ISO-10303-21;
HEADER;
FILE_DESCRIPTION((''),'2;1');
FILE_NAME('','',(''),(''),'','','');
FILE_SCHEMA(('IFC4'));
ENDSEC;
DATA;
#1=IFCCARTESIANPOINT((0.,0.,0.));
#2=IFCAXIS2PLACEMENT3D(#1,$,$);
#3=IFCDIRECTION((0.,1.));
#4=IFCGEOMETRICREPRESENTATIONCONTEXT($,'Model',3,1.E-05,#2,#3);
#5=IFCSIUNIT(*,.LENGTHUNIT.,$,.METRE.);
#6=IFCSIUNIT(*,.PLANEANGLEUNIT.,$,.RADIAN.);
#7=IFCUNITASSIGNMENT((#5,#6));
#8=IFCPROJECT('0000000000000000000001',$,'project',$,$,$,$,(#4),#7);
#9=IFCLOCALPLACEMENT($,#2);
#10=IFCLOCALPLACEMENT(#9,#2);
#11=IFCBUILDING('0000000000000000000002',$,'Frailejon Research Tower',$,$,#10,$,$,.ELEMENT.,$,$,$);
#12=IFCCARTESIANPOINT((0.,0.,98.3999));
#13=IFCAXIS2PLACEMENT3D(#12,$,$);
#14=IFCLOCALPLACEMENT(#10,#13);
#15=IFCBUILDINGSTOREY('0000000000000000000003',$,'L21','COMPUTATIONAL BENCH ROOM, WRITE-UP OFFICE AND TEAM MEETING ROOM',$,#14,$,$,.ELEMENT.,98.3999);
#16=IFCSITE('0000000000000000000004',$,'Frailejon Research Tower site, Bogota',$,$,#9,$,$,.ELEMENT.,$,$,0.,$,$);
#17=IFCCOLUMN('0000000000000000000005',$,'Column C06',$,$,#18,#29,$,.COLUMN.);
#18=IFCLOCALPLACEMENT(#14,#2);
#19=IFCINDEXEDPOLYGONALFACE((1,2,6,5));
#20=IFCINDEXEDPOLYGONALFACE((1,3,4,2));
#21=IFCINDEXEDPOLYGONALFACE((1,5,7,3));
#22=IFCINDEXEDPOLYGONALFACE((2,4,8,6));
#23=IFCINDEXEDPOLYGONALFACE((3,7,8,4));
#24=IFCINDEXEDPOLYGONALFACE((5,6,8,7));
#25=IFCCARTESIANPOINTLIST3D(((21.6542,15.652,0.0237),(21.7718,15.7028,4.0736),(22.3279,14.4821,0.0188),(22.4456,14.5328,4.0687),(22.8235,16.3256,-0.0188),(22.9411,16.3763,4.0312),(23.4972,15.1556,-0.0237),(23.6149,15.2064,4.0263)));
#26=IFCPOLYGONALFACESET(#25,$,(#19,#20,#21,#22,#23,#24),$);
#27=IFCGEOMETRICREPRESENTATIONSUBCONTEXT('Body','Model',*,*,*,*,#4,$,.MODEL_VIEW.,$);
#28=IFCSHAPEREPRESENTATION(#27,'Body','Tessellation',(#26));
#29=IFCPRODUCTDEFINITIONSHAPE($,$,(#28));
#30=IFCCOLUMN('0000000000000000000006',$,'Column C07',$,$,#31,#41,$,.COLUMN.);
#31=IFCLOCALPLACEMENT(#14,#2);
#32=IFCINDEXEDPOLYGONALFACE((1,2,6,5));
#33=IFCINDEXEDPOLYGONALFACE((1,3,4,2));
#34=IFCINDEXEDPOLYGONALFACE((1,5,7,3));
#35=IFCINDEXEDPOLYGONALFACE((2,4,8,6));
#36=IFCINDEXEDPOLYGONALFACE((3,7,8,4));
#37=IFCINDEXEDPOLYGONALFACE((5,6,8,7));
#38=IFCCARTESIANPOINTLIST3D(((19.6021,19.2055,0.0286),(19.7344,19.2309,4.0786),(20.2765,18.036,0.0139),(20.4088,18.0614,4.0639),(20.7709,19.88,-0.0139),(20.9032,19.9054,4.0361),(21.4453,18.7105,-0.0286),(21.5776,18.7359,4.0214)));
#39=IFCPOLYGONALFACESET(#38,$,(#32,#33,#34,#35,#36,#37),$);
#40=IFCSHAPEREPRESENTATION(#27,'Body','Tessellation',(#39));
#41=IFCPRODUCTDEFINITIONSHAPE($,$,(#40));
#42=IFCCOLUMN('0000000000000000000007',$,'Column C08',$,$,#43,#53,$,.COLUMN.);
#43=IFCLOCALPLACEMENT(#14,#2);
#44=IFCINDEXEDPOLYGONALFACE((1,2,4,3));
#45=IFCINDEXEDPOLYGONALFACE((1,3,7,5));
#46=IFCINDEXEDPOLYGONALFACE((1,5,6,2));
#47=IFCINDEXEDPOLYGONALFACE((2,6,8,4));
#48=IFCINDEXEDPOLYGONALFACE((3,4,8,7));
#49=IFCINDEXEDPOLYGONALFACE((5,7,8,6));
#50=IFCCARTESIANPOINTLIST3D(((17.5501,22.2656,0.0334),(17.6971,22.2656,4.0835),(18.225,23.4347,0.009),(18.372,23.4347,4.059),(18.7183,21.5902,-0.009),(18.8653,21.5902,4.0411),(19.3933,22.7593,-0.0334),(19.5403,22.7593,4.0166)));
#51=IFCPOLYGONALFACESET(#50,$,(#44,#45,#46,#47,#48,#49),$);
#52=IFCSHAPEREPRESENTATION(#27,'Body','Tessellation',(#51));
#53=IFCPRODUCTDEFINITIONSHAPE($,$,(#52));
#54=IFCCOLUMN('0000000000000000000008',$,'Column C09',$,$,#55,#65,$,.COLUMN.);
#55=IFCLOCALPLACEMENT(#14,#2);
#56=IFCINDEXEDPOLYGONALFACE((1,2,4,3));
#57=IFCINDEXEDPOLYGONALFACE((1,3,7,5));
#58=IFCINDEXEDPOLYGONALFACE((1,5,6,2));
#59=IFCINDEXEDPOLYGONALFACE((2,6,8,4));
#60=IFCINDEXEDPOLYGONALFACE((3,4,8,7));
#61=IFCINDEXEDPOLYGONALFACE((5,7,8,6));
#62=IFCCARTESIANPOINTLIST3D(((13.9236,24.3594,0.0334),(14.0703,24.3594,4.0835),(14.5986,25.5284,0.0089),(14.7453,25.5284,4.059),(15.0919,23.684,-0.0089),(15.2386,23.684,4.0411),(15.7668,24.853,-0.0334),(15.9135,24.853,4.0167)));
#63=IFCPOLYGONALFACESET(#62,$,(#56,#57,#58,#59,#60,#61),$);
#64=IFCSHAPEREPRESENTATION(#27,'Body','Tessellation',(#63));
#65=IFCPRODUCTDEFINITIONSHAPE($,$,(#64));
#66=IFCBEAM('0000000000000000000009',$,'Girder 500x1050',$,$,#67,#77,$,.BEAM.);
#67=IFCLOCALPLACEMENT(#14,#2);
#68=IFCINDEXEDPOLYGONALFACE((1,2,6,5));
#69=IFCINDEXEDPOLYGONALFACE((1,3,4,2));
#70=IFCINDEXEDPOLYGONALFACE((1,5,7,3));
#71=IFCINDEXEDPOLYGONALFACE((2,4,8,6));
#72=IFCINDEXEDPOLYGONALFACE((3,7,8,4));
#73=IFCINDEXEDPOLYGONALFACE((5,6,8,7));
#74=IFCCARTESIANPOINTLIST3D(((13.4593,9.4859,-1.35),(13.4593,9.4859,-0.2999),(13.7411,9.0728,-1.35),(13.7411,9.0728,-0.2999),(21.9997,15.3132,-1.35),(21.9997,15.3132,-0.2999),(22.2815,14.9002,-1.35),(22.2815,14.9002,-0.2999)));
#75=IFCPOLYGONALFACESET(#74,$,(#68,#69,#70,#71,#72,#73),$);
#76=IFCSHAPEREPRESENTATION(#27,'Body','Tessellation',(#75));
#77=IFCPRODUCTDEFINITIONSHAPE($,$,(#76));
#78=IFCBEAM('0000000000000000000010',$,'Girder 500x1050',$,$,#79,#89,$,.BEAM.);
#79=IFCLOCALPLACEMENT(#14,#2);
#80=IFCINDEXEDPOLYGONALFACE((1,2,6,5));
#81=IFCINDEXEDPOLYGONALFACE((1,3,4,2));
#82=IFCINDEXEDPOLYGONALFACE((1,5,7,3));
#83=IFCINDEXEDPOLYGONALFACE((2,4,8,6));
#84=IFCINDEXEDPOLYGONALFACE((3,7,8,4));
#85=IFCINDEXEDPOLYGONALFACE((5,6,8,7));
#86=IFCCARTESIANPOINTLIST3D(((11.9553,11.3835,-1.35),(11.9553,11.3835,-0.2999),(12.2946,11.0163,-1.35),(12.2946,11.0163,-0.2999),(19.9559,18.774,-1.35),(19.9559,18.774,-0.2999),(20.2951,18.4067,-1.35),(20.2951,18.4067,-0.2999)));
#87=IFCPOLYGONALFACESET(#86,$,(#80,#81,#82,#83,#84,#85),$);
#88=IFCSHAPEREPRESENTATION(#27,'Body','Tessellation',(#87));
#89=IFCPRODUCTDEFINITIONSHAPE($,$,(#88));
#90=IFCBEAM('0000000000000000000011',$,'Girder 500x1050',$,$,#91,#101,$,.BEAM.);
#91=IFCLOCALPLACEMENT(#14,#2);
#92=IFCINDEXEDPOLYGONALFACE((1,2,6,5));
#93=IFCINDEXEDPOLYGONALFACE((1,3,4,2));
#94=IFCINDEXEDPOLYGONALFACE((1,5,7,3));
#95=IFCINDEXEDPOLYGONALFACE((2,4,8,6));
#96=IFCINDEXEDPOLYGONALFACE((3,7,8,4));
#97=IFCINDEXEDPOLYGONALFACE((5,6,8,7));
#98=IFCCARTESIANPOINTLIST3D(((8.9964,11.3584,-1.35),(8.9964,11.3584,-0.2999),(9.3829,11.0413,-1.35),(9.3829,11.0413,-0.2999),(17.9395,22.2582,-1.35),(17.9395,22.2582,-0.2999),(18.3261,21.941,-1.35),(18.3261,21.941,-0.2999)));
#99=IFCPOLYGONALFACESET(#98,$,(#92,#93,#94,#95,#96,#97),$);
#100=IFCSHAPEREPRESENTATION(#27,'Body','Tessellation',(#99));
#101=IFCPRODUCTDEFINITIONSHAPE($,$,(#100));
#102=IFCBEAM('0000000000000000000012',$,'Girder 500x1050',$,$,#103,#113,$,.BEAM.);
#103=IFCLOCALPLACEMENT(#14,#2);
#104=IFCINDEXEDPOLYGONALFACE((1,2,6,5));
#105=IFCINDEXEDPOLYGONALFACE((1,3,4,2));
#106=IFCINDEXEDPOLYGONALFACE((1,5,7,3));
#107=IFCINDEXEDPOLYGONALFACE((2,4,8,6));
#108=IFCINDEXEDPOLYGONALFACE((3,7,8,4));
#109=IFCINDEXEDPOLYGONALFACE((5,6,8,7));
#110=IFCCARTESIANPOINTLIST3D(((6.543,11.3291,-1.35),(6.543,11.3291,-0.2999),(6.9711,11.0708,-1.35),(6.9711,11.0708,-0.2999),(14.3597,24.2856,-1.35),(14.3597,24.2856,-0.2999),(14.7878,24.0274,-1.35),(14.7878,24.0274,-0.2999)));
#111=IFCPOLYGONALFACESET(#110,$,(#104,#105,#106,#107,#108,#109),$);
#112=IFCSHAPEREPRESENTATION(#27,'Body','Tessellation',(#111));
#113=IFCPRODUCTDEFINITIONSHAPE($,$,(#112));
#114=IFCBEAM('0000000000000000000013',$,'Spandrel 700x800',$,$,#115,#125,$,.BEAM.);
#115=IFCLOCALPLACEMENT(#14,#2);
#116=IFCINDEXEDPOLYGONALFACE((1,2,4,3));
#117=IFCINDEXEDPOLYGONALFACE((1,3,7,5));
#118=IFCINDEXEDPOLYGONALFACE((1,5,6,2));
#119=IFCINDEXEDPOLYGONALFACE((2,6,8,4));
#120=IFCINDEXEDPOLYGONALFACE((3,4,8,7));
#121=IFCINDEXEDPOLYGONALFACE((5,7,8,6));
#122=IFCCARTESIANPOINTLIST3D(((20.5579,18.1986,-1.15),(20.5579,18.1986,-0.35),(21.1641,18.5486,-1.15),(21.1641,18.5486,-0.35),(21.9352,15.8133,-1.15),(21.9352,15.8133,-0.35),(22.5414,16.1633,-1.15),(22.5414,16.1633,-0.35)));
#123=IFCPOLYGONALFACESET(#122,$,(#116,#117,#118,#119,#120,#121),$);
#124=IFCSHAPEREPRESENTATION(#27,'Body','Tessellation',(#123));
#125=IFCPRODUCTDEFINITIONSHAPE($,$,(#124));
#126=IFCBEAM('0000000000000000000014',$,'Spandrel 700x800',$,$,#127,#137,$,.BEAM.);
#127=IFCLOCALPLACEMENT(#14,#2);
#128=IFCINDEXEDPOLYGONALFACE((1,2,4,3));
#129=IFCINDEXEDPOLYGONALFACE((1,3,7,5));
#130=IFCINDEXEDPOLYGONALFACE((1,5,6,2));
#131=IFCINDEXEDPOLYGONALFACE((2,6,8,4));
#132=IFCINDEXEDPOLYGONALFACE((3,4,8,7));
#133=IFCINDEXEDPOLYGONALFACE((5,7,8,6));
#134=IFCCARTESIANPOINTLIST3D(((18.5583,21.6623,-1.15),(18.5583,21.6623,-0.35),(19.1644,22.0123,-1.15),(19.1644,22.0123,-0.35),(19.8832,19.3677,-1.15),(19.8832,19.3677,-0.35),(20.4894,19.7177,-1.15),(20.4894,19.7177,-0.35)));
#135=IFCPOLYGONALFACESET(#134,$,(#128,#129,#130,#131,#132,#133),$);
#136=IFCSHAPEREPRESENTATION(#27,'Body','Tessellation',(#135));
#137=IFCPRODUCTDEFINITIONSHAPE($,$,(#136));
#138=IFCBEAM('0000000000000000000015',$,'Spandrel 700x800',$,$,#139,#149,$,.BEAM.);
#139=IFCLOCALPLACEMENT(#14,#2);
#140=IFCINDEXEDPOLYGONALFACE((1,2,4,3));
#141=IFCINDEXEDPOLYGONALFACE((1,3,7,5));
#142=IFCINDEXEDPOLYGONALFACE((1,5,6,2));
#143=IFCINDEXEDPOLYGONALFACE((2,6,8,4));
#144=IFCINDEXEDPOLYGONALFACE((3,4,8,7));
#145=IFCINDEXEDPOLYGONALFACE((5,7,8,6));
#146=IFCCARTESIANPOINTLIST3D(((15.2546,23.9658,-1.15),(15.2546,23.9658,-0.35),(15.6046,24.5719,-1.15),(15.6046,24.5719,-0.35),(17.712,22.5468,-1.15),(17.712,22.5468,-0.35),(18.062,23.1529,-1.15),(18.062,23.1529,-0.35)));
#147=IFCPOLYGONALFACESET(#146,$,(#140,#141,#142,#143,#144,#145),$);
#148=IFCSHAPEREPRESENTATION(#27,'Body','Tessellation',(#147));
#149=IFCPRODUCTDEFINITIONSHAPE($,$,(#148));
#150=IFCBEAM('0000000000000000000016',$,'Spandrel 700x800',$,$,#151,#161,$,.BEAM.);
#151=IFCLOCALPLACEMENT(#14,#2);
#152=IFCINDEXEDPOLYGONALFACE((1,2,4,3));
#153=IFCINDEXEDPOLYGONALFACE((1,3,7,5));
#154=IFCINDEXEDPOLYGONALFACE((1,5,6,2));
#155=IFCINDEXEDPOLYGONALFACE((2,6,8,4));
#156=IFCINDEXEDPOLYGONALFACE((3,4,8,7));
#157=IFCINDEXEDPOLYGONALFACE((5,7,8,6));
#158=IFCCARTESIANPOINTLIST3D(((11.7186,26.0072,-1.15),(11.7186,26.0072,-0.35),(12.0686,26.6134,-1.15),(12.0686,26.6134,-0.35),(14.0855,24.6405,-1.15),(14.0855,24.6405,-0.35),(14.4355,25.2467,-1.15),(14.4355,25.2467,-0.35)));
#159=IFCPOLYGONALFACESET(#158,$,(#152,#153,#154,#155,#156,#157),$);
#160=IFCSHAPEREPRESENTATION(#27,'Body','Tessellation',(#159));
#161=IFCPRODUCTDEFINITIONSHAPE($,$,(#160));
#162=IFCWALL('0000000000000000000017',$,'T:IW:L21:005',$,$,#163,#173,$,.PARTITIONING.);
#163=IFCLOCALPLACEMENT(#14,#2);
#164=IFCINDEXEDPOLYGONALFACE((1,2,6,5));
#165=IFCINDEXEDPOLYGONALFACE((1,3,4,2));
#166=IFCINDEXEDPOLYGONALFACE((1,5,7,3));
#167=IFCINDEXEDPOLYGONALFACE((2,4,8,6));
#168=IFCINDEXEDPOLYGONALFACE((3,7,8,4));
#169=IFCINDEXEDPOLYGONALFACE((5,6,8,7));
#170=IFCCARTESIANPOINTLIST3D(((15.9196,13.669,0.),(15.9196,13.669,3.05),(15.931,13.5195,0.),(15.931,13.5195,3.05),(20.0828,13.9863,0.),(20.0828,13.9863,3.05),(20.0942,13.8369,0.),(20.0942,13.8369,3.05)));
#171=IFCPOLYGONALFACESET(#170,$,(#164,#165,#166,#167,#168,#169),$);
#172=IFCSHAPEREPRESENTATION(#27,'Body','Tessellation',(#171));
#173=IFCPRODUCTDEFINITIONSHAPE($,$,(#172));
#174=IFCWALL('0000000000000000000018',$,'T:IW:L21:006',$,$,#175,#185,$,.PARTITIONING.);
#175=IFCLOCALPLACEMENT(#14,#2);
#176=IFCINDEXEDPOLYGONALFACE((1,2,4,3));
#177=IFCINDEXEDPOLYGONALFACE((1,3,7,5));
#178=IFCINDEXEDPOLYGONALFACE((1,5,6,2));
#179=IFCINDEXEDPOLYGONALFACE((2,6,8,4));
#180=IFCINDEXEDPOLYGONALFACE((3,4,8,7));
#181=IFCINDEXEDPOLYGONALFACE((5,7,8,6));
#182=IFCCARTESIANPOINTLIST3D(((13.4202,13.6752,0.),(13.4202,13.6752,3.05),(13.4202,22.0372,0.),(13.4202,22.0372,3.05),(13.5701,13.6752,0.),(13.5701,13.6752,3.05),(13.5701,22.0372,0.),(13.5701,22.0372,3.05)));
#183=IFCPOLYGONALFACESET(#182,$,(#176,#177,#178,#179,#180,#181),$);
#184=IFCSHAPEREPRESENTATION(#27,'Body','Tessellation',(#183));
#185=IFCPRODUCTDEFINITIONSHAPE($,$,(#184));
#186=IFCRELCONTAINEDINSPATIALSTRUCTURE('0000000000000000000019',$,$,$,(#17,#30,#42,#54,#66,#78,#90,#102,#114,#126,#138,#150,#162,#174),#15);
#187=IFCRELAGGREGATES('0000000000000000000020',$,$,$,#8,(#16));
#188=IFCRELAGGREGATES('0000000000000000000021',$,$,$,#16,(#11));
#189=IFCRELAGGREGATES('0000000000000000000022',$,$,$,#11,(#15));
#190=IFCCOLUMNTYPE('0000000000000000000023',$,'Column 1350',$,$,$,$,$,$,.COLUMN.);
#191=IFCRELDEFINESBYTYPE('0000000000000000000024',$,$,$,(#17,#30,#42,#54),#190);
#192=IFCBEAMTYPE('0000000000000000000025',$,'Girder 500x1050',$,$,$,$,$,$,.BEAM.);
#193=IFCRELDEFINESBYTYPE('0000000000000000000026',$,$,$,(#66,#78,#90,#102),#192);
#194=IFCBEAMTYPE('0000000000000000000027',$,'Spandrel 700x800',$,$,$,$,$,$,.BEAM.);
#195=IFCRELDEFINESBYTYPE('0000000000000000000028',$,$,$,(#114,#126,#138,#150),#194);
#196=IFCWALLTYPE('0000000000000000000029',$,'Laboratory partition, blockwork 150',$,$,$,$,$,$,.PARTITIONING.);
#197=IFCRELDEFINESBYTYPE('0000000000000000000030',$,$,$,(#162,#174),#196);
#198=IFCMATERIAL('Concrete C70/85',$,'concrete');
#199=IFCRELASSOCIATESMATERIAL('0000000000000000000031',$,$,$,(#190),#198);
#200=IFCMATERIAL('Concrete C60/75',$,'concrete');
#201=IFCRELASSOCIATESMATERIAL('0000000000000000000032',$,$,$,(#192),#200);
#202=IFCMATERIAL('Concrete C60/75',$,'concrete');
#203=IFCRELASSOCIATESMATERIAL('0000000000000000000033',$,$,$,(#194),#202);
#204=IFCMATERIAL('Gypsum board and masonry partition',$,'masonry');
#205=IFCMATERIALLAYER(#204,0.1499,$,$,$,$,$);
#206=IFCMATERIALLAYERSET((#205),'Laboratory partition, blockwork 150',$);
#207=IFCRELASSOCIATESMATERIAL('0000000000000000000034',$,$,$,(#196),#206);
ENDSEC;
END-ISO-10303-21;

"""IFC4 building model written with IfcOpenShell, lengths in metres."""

from ifc_helpers import new_model, si_unit, direction, frame, frame_2d, origin, origin_2d, place, context, subcontext, project, spatial, rectangle, extrude, material, layer, layer_set, material_profile, profile_set, type_object, element, save


model = new_model("IFC4")

# Units and contexts
model_context = context("Model", 3, precision=1e-05, world=origin(), true_north=direction((0.0, 1.0)))
body_context = subcontext(model_context, "Body", "Model", "MODEL_VIEW")
ifc_project = project(units=[si_unit("LENGTHUNIT", "METRE"), si_unit("PLANEANGLEUNIT", "RADIAN")], contexts=[model_context])

# Site, building, storey
site_placement = place(None, origin())
site = spatial("IfcSite", under=ifc_project, at=site_placement, Name="Frailejon Research Tower site, Bogota", CompositionType="ELEMENT", RefElevation=0.0)
building_placement = place(site_placement, origin())
building = spatial("IfcBuilding", under=site, at=building_placement, Name="Frailejon Research Tower", CompositionType="ELEMENT")
storey_placement = place(building_placement, frame((0.0, 0.0, 98.3999)))
storey = spatial("IfcBuildingStorey", under=building, at=storey_placement, Name="L21", Description="COMPUTATIONAL BENCH ROOM, WRITE-UP OFFICE AND TEAM MEETING ROOM", CompositionType="ELEMENT", Elevation=98.3999)

# Columns
ifc_material_1 = material(Name="Concrete C70/85", Category="concrete")
ifc_material_profile_1 = material_profile(ifc_material_1, rectangle(XDim=1.3501, YDim=1.3501, at=origin_2d()), Name="Column 1350")
ifc_profile_set_1 = profile_set([ifc_material_profile_1], Name="Concrete C70/85")
column_type = type_object("IfcColumnType", Name="Column 1350", PredefinedType="COLUMN", material=ifc_profile_set_1)
column_1_placement = place(storey_placement, frame((22.5757, 15.4038, 0.0), z_axis=(0.029041, 0.012532, 0.9995), x_axis=(-0.499042, 0.86657, 0.003634)))
element("IfcColumn", 1, at=column_1_placement, inside=storey, type_object=column_type, Name="Column C06", PredefinedType="COLUMN", context=body_context, shape_type="SweptSolid", body=[
    extrude(rectangle(XDim=1.3501, YDim=1.3501, at=origin_2d()), origin(), (0.0, 0.0, 1.0), 4.052),
])
column_2_placement = place(storey_placement, frame((20.5237, 18.958, 0.0), z_axis=(0.032654, 0.006266, 0.999447), x_axis=(-0.49952, 0.866234, 0.01089)))
element("IfcColumn", 2, at=column_2_placement, inside=storey, type_object=column_type, Name="Column C07", PredefinedType="COLUMN", context=body_context, shape_type="SweptSolid", body=[
    extrude(rectangle(XDim=1.3501, YDim=1.3501, at=origin_2d()), origin(), (0.0, 0.0, 1.0), 4.0522),
])
for number, where, z_axis, x_axis, name in (
    (3, (18.4717, 22.5125, 0.0), (0.036265, 0.0, 0.999342), (-0.865314, 0.500246, 0.031401), "Column C08"),
    (4, (14.8452, 24.6062, 0.0), (0.036205, 0.0, 0.999344), (-0.865315, 0.500246, 0.031349), "Column C09"),
):
    element("IfcColumn", number, at=place(storey_placement, frame(where, z_axis=z_axis, x_axis=x_axis)), inside=storey, type_object=column_type, Name=name, PredefinedType="COLUMN", context=body_context, shape_type="SweptSolid", body=[
        extrude(rectangle(XDim=1.3501, YDim=1.3501, at=origin_2d()), origin(), (0.0, 0.0, 1.0), 4.0527),
    ])

# Beams
ifc_material_2 = material(Name="Concrete C60/75", Category="concrete")
ifc_material_profile_2 = material_profile(ifc_material_2, rectangle(XDim=0.5, YDim=1.05, at=origin_2d()), Name="Girder 500x1050")
ifc_profile_set_2 = profile_set([ifc_material_profile_2], Name="Concrete C60/75")
beam_type_1 = type_object("IfcBeamType", Name="Girder 500x1050", PredefinedType="BEAM", material=ifc_profile_set_2)
beam_1_placement = place(storey_placement, frame((22.1406, 15.1067, -0.825), z_axis=(-0.826033, -0.563621, 0.0), x_axis=(0.563621, -0.826033, 0.0)))
element("IfcBeam", 5, at=beam_1_placement, inside=storey, type_object=beam_type_1, Name="Girder 500x1050", PredefinedType="BEAM", context=body_context, shape_type="SweptSolid", body=[
    extrude(rectangle(XDim=0.5, YDim=1.05, at=origin_2d()), origin(), (0.0, 0.0, 1.0), 10.3391),
])
beam_2_placement = place(storey_placement, frame((20.1255, 18.5903, -0.825), z_axis=(-0.73456, -0.678544, 0.0), x_axis=(0.678544, -0.73456, 0.0)))
element("IfcBeam", 6, at=beam_2_placement, inside=storey, type_object=beam_type_1, Name="Girder 500x1050", PredefinedType="BEAM", context=body_context, shape_type="SweptSolid", body=[
    extrude(rectangle(XDim=0.5, YDim=1.05, at=origin_2d()), origin(), (0.0, 0.0, 1.0), 10.8916),
])
beam_3_placement = place(storey_placement, frame((18.1328, 22.0996, -0.825), z_axis=(-0.634308, -0.77308, 0.0), x_axis=(0.77308, -0.634308, 0.0)))
element("IfcBeam", 7, at=beam_3_placement, inside=storey, type_object=beam_type_1, Name="Girder 500x1050", PredefinedType="BEAM", context=body_context, shape_type="SweptSolid", body=[
    extrude(rectangle(XDim=0.5, YDim=1.05, at=origin_2d()), origin(), (0.0, 0.0, 1.0), 14.0991),
])
beam_4_placement = place(storey_placement, frame((14.5737, 24.1565, -0.825), z_axis=(-0.51657, -0.856245, 0.0), x_axis=(0.856245, -0.51657, 0.0)))
element("IfcBeam", 8, at=beam_4_placement, inside=storey, type_object=beam_type_1, Name="Girder 500x1050", PredefinedType="BEAM", context=body_context, shape_type="SweptSolid", body=[
    extrude(rectangle(XDim=0.5, YDim=1.05, at=origin_2d()), origin(), (0.0, 0.0, 1.0), 15.1318),
])
ifc_material_3 = material(Name="Concrete C60/75", Category="concrete")
ifc_material_profile_3 = material_profile(ifc_material_3, rectangle(XDim=0.7, YDim=0.8, at=origin_2d()), Name="Spandrel 700x800")
ifc_profile_set_3 = profile_set([ifc_material_profile_3], Name="Concrete C60/75")
beam_type_2 = type_object("IfcBeamType", Name="Spandrel 700x800", PredefinedType="BEAM", material=ifc_profile_set_3)
beam_5_placement = place(storey_placement, frame((22.2383, 15.9883, -0.75), z_axis=(-0.500019, 0.866014, 0.0), x_axis=(-0.866014, -0.500019, 0.0)))
element("IfcBeam", 9, at=beam_5_placement, inside=storey, type_object=beam_type_2, Name="Spandrel 700x800", PredefinedType="BEAM", context=body_context, shape_type="SweptSolid", body=[
    extrude(rectangle(XDim=0.7, YDim=0.8, at=origin_2d()), origin(), (0.0, 0.0, 1.0), 2.7544),
])
beam_6_placement = place(storey_placement, frame((20.1863, 19.5427, -0.75), z_axis=(-0.500034, 0.866006, 0.0), x_axis=(-0.866006, -0.500034, 0.0)))
element("IfcBeam", 10, at=beam_6_placement, inside=storey, type_object=beam_type_2, Name="Spandrel 700x800", PredefinedType="BEAM", context=body_context, shape_type="SweptSolid", body=[
    extrude(rectangle(XDim=0.7, YDim=0.8, at=origin_2d()), origin(), (0.0, 0.0, 1.0), 2.6497),
])
beam_7_placement = place(storey_placement, frame((17.887, 22.8499, -0.75), z_axis=(-0.865989, 0.500063, 0.0), x_axis=(-0.500063, -0.865989, 0.0)))
element("IfcBeam", 11, at=beam_7_placement, inside=storey, type_object=beam_type_2, Name="Spandrel 700x800", PredefinedType="BEAM", context=body_context, shape_type="SweptSolid", body=[
    extrude(rectangle(XDim=0.7, YDim=0.8, at=origin_2d()), origin(), (0.0, 0.0, 1.0), 2.8376),
])
beam_8_placement = place(storey_placement, frame((14.2605, 24.9436, -0.75), z_axis=(-0.866003, 0.500039, 0.0), x_axis=(-0.500039, -0.866003, 0.0)))
element("IfcBeam", 12, at=beam_8_placement, inside=storey, type_object=beam_type_2, Name="Spandrel 700x800", PredefinedType="BEAM", context=body_context, shape_type="SweptSolid", body=[
    extrude(rectangle(XDim=0.7, YDim=0.8, at=origin_2d()), origin(), (0.0, 0.0, 1.0), 2.7332),
])

# Walls
ifc_material_4 = material(Name="Gypsum board and masonry partition", Category="masonry")
ifc_layer_1 = layer(ifc_material_4, 0.1499)
ifc_layer_set_1 = layer_set([ifc_layer_1], Name="Laboratory partition, blockwork 150")
wall_type_1 = type_object("IfcWallType", Name="Laboratory partition, blockwork 150", PredefinedType="PARTITIONING", material=ifc_layer_set_1)
wall_1_placement = place(storey_placement, frame((15.9253, 13.5942, 0.0), z_axis=(0.0, 0.0, 1.0), x_axis=(0.997107, 0.076012, 0.0)))
element("IfcWall", 13, at=wall_1_placement, inside=storey, type_object=wall_type_1, Name="T:IW:L21:005", PredefinedType="PARTITIONING", context=body_context, shape_type="SweptSolid", body=[
    extrude(rectangle(XDim=4.1753, YDim=0.1499, at=frame_2d((2.0876, 0.0))), origin(), (0.0, 0.0, 1.0), 3.05),
])
wall_2_placement = place(storey_placement, frame((13.4951, 13.675, 0.0), z_axis=(0.0, 0.0, 1.0), x_axis=(0.0, 1.0, 0.0)))
element("IfcWall", 14, at=wall_2_placement, inside=storey, type_object=wall_type_1, Name="T:IW:L21:006", PredefinedType="PARTITIONING", context=body_context, shape_type="SweptSolid", body=[
    extrude(rectangle(XDim=8.3621, YDim=0.1499, at=frame_2d((4.1812, 0.0))), origin(), (0.0, 0.0, 1.0), 3.05),
])

save(model, "model.ifc")
